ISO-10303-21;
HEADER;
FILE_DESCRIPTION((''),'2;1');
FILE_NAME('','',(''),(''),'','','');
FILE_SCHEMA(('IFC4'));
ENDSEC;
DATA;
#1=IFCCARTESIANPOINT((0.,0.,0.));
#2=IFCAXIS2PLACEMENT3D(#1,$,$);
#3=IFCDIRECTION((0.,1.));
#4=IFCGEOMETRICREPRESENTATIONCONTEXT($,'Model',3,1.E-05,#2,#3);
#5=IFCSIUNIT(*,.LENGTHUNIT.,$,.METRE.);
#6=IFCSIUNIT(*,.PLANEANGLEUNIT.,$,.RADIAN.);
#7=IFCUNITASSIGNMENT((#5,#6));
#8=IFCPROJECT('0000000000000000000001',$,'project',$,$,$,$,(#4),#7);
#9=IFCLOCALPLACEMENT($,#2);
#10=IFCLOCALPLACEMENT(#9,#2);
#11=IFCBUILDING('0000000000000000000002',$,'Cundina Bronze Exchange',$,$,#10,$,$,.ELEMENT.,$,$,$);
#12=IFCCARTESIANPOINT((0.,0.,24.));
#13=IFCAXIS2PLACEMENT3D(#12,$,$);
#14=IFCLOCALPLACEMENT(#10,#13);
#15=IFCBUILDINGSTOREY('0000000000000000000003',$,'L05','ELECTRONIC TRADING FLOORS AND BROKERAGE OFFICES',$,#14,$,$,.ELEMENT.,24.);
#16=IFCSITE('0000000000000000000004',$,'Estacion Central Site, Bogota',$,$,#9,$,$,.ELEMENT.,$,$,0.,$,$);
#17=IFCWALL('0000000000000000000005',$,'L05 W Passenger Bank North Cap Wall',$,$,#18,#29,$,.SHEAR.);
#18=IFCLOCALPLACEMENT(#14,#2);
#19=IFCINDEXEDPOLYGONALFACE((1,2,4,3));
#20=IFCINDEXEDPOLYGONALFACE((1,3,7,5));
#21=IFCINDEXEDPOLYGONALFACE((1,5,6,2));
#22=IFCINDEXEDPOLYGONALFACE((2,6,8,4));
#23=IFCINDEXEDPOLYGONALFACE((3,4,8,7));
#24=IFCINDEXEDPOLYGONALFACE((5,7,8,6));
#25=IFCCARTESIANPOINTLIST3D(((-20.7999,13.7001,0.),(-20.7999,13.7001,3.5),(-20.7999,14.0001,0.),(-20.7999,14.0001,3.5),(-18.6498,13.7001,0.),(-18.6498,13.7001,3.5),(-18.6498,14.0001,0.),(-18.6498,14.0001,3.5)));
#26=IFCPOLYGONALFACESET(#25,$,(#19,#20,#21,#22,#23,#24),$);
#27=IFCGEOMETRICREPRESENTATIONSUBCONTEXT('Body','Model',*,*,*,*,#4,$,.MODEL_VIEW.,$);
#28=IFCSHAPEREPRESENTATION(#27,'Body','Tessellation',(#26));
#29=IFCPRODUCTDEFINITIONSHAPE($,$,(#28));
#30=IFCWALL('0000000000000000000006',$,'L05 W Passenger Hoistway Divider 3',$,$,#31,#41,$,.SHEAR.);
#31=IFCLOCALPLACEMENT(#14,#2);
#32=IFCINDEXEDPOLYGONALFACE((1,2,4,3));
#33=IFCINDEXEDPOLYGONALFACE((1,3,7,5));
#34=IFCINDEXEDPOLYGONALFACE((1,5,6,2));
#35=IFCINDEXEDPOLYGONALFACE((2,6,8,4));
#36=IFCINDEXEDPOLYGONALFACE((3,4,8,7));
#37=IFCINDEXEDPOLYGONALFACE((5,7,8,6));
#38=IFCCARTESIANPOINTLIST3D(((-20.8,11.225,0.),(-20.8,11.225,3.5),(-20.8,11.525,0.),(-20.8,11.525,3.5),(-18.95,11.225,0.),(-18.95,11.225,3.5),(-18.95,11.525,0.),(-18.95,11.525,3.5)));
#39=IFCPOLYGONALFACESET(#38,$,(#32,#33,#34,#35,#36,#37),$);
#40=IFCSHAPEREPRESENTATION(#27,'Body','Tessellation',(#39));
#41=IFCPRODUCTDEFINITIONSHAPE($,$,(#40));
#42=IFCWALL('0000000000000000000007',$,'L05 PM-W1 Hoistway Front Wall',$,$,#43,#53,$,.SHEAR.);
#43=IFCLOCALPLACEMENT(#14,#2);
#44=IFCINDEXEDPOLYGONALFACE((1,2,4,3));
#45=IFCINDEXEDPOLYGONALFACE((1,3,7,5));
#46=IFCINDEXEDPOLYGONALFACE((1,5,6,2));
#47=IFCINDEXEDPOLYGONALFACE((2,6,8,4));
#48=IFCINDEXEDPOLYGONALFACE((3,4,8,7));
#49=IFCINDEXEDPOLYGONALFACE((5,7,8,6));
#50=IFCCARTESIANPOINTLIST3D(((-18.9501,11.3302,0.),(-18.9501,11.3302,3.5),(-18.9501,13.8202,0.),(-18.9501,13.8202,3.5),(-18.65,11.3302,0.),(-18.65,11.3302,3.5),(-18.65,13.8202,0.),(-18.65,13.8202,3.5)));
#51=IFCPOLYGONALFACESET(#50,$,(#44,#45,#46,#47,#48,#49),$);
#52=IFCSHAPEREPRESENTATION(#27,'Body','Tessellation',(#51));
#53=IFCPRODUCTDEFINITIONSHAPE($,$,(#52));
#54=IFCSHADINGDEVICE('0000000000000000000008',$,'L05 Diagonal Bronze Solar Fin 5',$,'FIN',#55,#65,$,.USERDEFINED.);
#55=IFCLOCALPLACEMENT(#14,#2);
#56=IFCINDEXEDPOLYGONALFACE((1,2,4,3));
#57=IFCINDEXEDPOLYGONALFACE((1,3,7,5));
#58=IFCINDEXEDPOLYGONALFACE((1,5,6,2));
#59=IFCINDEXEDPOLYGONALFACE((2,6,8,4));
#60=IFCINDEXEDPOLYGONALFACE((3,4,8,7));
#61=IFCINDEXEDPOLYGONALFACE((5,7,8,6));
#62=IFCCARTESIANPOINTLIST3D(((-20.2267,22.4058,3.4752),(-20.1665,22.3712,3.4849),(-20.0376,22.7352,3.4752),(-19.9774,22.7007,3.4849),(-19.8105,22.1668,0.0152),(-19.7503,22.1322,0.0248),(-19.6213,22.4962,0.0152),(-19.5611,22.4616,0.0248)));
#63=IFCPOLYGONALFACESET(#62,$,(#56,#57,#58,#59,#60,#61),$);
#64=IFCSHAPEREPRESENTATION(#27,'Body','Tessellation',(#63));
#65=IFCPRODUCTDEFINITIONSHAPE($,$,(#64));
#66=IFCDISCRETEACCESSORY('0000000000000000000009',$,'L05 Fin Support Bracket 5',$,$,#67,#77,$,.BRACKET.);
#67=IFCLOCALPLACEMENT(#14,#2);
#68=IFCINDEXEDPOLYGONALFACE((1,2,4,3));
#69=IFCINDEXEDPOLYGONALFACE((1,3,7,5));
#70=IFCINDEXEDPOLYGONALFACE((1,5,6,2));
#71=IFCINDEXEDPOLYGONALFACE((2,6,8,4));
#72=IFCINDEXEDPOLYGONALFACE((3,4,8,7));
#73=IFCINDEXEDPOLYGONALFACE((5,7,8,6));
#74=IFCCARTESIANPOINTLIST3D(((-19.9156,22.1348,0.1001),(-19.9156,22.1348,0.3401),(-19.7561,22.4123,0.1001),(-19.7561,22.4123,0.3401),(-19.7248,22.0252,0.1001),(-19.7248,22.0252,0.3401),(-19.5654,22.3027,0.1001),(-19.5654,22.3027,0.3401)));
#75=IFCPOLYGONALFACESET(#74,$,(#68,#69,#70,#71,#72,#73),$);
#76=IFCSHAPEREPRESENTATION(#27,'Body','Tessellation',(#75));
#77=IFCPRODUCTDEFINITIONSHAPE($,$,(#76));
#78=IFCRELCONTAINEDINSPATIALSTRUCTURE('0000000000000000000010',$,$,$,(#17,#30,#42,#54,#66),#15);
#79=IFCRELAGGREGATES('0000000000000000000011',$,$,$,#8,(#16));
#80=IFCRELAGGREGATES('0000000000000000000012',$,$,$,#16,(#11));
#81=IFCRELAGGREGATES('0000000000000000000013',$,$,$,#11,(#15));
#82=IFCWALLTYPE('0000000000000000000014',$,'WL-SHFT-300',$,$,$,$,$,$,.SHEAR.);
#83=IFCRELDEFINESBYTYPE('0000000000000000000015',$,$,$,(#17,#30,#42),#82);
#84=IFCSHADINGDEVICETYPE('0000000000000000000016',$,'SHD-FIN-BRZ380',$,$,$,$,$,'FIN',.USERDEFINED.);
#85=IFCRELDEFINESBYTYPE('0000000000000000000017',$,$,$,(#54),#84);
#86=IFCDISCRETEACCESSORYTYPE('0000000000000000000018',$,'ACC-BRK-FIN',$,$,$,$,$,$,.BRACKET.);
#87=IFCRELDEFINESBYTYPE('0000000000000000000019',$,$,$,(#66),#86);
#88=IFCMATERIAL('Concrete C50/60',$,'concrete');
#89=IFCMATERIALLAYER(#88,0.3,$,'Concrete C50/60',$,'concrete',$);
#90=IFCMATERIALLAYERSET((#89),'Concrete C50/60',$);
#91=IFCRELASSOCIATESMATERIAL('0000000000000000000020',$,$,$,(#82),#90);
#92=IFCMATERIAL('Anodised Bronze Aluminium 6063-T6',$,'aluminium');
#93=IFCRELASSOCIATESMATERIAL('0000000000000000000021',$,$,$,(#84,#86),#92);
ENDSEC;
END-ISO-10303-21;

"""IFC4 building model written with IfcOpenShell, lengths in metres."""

from ifc_helpers import new_model, si_unit, direction, frame, frame_2d, origin, origin_2d, place, context, subcontext, project, spatial, rectangle, extrude, material, layer, layer_set, material_profile, profile_set, type_object, element, save


model = new_model("IFC4")

# Units and contexts
model_context = context("Model", 3, precision=1e-05, world=origin(), true_north=direction((0.0, 1.0)))
body_context = subcontext(model_context, "Body", "Model", "MODEL_VIEW")
ifc_project = project(units=[si_unit("LENGTHUNIT", "METRE"), si_unit("PLANEANGLEUNIT", "RADIAN")], contexts=[model_context])

# Site, building, storey
site_placement = place(None, origin())
site = spatial("IfcSite", under=ifc_project, at=site_placement, Name="Estacion Central Site, Bogota", CompositionType="ELEMENT", RefElevation=0.0)
building_placement = place(site_placement, origin())
building = spatial("IfcBuilding", under=site, at=building_placement, Name="Cundina Bronze Exchange", CompositionType="ELEMENT")
storey_placement = place(building_placement, frame((0.0, 0.0, 24.0)))
storey = spatial("IfcBuildingStorey", under=building, at=storey_placement, Name="L05", Description="ELECTRONIC TRADING FLOORS AND BROKERAGE OFFICES", CompositionType="ELEMENT", Elevation=24.0)

# Shared definitions
ifc_material_1 = material(Name="Anodised Bronze Aluminium 6063-T6", Category="aluminium")

# Shared definitions
ifc_material_2 = material(Name="Concrete C50/60", Category="concrete")
ifc_layer_1 = layer(ifc_material_2, 0.3, Name="Concrete C50/60", Category="concrete")
ifc_layer_set_1 = layer_set([ifc_layer_1], Name="Concrete C50/60")
wall_type_1 = type_object("IfcWallType", Name="WL-SHFT-300", PredefinedType="SHEAR", material=ifc_layer_set_1)

# Walls
wall_1_placement = place(storey_placement, frame((-20.8, 13.8501, 0.0), z_axis=(0.0, 0.0, 1.0), x_axis=(1.0, 0.0, 0.0)))
element("IfcWall", 1, at=wall_1_placement, inside=storey, type_object=wall_type_1, Name="L05 W Passenger Bank North Cap Wall", PredefinedType="SHEAR", context=body_context, shape_type="SweptSolid", body=[
    extrude(rectangle(XDim=2.1501, YDim=0.3, at=frame_2d((1.0752, 0.0))), origin(), (0.0, 0.0, 1.0), 3.5),
])
wall_2_placement = place(storey_placement, frame((-20.8, 11.375, 0.0), z_axis=(0.0, 0.0, 1.0), x_axis=(1.0, 0.0, 0.0)))
element("IfcWall", 2, at=wall_2_placement, inside=storey, type_object=wall_type_1, Name="L05 W Passenger Hoistway Divider 3", PredefinedType="SHEAR", context=body_context, shape_type="SweptSolid", body=[
    extrude(rectangle(XDim=1.8501, YDim=0.3, at=frame_2d((0.925, 0.0))), origin(), (0.0, 0.0, 1.0), 3.5),
])
wall_3_placement = place(storey_placement, frame((-18.8, 11.3301, 0.0), z_axis=(0.0, 0.0, 1.0), x_axis=(0.0, 1.0, 0.0)))
element("IfcWall", 3, at=wall_3_placement, inside=storey, type_object=wall_type_1, Name="L05 PM-W1 Hoistway Front Wall", PredefinedType="SHEAR", context=body_context, shape_type="SweptSolid", body=[
    extrude(rectangle(XDim=2.49, YDim=0.3, at=frame_2d((1.2451, 0.0))), origin(), (0.0, 0.0, 1.0), 3.5),
])

# Shading device
ifc_material_profile_1 = material_profile(ifc_material_1, rectangle(XDim=0.0701, YDim=0.3799, at=origin_2d()), Name="FIN70X380", Category="aluminium")
ifc_profile_set_1 = profile_set([ifc_material_profile_1], Name="Anodised Bronze Aluminium 6063-T6")
shading_device_type = type_object("IfcShadingDeviceType", Name="SHD-FIN-BRZ380", ElementType="FIN", PredefinedType="USERDEFINED", material=ifc_profile_set_1)
shading_device_placement = place(storey_placement, frame((-19.6858, 22.3142, 0.02), z_axis=(-0.119166, 0.068425, 0.990514), x_axis=(0.858982, -0.493222, 0.137414)))
element("IfcShadingDevice", 4, at=shading_device_placement, inside=storey, type_object=shading_device_type, Name="L05 Diagonal Bronze Solar Fin 5", ObjectType="FIN", PredefinedType="USERDEFINED", context=body_context, shape_type="SweptSolid", body=[
    extrude(rectangle(XDim=0.0701, YDim=0.3799, at=origin_2d()), origin(), (0.0, 0.0, 1.0), 3.4932),
])

# Discrete accessory
discrete_accessory_type = type_object("IfcDiscreteAccessoryType", Name="ACC-BRK-FIN", PredefinedType="BRACKET", material=ifc_material_1)
discrete_accessory_placement = place(storey_placement, frame((-19.7405, 22.2188, 0.1001), z_axis=(0.0, 0.0, 1.0), x_axis=(-0.867105, 0.498125, 0.0)))
element("IfcDiscreteAccessory", 5, at=discrete_accessory_placement, inside=storey, type_object=discrete_accessory_type, Name="L05 Fin Support Bracket 5", PredefinedType="BRACKET", context=body_context, shape_type="SweptSolid", body=[
    extrude(rectangle(XDim=0.22, YDim=0.3201, at=origin_2d()), origin(), (0.0, 0.0, 1.0), 0.24),
])

save(model, "model.ifc")
